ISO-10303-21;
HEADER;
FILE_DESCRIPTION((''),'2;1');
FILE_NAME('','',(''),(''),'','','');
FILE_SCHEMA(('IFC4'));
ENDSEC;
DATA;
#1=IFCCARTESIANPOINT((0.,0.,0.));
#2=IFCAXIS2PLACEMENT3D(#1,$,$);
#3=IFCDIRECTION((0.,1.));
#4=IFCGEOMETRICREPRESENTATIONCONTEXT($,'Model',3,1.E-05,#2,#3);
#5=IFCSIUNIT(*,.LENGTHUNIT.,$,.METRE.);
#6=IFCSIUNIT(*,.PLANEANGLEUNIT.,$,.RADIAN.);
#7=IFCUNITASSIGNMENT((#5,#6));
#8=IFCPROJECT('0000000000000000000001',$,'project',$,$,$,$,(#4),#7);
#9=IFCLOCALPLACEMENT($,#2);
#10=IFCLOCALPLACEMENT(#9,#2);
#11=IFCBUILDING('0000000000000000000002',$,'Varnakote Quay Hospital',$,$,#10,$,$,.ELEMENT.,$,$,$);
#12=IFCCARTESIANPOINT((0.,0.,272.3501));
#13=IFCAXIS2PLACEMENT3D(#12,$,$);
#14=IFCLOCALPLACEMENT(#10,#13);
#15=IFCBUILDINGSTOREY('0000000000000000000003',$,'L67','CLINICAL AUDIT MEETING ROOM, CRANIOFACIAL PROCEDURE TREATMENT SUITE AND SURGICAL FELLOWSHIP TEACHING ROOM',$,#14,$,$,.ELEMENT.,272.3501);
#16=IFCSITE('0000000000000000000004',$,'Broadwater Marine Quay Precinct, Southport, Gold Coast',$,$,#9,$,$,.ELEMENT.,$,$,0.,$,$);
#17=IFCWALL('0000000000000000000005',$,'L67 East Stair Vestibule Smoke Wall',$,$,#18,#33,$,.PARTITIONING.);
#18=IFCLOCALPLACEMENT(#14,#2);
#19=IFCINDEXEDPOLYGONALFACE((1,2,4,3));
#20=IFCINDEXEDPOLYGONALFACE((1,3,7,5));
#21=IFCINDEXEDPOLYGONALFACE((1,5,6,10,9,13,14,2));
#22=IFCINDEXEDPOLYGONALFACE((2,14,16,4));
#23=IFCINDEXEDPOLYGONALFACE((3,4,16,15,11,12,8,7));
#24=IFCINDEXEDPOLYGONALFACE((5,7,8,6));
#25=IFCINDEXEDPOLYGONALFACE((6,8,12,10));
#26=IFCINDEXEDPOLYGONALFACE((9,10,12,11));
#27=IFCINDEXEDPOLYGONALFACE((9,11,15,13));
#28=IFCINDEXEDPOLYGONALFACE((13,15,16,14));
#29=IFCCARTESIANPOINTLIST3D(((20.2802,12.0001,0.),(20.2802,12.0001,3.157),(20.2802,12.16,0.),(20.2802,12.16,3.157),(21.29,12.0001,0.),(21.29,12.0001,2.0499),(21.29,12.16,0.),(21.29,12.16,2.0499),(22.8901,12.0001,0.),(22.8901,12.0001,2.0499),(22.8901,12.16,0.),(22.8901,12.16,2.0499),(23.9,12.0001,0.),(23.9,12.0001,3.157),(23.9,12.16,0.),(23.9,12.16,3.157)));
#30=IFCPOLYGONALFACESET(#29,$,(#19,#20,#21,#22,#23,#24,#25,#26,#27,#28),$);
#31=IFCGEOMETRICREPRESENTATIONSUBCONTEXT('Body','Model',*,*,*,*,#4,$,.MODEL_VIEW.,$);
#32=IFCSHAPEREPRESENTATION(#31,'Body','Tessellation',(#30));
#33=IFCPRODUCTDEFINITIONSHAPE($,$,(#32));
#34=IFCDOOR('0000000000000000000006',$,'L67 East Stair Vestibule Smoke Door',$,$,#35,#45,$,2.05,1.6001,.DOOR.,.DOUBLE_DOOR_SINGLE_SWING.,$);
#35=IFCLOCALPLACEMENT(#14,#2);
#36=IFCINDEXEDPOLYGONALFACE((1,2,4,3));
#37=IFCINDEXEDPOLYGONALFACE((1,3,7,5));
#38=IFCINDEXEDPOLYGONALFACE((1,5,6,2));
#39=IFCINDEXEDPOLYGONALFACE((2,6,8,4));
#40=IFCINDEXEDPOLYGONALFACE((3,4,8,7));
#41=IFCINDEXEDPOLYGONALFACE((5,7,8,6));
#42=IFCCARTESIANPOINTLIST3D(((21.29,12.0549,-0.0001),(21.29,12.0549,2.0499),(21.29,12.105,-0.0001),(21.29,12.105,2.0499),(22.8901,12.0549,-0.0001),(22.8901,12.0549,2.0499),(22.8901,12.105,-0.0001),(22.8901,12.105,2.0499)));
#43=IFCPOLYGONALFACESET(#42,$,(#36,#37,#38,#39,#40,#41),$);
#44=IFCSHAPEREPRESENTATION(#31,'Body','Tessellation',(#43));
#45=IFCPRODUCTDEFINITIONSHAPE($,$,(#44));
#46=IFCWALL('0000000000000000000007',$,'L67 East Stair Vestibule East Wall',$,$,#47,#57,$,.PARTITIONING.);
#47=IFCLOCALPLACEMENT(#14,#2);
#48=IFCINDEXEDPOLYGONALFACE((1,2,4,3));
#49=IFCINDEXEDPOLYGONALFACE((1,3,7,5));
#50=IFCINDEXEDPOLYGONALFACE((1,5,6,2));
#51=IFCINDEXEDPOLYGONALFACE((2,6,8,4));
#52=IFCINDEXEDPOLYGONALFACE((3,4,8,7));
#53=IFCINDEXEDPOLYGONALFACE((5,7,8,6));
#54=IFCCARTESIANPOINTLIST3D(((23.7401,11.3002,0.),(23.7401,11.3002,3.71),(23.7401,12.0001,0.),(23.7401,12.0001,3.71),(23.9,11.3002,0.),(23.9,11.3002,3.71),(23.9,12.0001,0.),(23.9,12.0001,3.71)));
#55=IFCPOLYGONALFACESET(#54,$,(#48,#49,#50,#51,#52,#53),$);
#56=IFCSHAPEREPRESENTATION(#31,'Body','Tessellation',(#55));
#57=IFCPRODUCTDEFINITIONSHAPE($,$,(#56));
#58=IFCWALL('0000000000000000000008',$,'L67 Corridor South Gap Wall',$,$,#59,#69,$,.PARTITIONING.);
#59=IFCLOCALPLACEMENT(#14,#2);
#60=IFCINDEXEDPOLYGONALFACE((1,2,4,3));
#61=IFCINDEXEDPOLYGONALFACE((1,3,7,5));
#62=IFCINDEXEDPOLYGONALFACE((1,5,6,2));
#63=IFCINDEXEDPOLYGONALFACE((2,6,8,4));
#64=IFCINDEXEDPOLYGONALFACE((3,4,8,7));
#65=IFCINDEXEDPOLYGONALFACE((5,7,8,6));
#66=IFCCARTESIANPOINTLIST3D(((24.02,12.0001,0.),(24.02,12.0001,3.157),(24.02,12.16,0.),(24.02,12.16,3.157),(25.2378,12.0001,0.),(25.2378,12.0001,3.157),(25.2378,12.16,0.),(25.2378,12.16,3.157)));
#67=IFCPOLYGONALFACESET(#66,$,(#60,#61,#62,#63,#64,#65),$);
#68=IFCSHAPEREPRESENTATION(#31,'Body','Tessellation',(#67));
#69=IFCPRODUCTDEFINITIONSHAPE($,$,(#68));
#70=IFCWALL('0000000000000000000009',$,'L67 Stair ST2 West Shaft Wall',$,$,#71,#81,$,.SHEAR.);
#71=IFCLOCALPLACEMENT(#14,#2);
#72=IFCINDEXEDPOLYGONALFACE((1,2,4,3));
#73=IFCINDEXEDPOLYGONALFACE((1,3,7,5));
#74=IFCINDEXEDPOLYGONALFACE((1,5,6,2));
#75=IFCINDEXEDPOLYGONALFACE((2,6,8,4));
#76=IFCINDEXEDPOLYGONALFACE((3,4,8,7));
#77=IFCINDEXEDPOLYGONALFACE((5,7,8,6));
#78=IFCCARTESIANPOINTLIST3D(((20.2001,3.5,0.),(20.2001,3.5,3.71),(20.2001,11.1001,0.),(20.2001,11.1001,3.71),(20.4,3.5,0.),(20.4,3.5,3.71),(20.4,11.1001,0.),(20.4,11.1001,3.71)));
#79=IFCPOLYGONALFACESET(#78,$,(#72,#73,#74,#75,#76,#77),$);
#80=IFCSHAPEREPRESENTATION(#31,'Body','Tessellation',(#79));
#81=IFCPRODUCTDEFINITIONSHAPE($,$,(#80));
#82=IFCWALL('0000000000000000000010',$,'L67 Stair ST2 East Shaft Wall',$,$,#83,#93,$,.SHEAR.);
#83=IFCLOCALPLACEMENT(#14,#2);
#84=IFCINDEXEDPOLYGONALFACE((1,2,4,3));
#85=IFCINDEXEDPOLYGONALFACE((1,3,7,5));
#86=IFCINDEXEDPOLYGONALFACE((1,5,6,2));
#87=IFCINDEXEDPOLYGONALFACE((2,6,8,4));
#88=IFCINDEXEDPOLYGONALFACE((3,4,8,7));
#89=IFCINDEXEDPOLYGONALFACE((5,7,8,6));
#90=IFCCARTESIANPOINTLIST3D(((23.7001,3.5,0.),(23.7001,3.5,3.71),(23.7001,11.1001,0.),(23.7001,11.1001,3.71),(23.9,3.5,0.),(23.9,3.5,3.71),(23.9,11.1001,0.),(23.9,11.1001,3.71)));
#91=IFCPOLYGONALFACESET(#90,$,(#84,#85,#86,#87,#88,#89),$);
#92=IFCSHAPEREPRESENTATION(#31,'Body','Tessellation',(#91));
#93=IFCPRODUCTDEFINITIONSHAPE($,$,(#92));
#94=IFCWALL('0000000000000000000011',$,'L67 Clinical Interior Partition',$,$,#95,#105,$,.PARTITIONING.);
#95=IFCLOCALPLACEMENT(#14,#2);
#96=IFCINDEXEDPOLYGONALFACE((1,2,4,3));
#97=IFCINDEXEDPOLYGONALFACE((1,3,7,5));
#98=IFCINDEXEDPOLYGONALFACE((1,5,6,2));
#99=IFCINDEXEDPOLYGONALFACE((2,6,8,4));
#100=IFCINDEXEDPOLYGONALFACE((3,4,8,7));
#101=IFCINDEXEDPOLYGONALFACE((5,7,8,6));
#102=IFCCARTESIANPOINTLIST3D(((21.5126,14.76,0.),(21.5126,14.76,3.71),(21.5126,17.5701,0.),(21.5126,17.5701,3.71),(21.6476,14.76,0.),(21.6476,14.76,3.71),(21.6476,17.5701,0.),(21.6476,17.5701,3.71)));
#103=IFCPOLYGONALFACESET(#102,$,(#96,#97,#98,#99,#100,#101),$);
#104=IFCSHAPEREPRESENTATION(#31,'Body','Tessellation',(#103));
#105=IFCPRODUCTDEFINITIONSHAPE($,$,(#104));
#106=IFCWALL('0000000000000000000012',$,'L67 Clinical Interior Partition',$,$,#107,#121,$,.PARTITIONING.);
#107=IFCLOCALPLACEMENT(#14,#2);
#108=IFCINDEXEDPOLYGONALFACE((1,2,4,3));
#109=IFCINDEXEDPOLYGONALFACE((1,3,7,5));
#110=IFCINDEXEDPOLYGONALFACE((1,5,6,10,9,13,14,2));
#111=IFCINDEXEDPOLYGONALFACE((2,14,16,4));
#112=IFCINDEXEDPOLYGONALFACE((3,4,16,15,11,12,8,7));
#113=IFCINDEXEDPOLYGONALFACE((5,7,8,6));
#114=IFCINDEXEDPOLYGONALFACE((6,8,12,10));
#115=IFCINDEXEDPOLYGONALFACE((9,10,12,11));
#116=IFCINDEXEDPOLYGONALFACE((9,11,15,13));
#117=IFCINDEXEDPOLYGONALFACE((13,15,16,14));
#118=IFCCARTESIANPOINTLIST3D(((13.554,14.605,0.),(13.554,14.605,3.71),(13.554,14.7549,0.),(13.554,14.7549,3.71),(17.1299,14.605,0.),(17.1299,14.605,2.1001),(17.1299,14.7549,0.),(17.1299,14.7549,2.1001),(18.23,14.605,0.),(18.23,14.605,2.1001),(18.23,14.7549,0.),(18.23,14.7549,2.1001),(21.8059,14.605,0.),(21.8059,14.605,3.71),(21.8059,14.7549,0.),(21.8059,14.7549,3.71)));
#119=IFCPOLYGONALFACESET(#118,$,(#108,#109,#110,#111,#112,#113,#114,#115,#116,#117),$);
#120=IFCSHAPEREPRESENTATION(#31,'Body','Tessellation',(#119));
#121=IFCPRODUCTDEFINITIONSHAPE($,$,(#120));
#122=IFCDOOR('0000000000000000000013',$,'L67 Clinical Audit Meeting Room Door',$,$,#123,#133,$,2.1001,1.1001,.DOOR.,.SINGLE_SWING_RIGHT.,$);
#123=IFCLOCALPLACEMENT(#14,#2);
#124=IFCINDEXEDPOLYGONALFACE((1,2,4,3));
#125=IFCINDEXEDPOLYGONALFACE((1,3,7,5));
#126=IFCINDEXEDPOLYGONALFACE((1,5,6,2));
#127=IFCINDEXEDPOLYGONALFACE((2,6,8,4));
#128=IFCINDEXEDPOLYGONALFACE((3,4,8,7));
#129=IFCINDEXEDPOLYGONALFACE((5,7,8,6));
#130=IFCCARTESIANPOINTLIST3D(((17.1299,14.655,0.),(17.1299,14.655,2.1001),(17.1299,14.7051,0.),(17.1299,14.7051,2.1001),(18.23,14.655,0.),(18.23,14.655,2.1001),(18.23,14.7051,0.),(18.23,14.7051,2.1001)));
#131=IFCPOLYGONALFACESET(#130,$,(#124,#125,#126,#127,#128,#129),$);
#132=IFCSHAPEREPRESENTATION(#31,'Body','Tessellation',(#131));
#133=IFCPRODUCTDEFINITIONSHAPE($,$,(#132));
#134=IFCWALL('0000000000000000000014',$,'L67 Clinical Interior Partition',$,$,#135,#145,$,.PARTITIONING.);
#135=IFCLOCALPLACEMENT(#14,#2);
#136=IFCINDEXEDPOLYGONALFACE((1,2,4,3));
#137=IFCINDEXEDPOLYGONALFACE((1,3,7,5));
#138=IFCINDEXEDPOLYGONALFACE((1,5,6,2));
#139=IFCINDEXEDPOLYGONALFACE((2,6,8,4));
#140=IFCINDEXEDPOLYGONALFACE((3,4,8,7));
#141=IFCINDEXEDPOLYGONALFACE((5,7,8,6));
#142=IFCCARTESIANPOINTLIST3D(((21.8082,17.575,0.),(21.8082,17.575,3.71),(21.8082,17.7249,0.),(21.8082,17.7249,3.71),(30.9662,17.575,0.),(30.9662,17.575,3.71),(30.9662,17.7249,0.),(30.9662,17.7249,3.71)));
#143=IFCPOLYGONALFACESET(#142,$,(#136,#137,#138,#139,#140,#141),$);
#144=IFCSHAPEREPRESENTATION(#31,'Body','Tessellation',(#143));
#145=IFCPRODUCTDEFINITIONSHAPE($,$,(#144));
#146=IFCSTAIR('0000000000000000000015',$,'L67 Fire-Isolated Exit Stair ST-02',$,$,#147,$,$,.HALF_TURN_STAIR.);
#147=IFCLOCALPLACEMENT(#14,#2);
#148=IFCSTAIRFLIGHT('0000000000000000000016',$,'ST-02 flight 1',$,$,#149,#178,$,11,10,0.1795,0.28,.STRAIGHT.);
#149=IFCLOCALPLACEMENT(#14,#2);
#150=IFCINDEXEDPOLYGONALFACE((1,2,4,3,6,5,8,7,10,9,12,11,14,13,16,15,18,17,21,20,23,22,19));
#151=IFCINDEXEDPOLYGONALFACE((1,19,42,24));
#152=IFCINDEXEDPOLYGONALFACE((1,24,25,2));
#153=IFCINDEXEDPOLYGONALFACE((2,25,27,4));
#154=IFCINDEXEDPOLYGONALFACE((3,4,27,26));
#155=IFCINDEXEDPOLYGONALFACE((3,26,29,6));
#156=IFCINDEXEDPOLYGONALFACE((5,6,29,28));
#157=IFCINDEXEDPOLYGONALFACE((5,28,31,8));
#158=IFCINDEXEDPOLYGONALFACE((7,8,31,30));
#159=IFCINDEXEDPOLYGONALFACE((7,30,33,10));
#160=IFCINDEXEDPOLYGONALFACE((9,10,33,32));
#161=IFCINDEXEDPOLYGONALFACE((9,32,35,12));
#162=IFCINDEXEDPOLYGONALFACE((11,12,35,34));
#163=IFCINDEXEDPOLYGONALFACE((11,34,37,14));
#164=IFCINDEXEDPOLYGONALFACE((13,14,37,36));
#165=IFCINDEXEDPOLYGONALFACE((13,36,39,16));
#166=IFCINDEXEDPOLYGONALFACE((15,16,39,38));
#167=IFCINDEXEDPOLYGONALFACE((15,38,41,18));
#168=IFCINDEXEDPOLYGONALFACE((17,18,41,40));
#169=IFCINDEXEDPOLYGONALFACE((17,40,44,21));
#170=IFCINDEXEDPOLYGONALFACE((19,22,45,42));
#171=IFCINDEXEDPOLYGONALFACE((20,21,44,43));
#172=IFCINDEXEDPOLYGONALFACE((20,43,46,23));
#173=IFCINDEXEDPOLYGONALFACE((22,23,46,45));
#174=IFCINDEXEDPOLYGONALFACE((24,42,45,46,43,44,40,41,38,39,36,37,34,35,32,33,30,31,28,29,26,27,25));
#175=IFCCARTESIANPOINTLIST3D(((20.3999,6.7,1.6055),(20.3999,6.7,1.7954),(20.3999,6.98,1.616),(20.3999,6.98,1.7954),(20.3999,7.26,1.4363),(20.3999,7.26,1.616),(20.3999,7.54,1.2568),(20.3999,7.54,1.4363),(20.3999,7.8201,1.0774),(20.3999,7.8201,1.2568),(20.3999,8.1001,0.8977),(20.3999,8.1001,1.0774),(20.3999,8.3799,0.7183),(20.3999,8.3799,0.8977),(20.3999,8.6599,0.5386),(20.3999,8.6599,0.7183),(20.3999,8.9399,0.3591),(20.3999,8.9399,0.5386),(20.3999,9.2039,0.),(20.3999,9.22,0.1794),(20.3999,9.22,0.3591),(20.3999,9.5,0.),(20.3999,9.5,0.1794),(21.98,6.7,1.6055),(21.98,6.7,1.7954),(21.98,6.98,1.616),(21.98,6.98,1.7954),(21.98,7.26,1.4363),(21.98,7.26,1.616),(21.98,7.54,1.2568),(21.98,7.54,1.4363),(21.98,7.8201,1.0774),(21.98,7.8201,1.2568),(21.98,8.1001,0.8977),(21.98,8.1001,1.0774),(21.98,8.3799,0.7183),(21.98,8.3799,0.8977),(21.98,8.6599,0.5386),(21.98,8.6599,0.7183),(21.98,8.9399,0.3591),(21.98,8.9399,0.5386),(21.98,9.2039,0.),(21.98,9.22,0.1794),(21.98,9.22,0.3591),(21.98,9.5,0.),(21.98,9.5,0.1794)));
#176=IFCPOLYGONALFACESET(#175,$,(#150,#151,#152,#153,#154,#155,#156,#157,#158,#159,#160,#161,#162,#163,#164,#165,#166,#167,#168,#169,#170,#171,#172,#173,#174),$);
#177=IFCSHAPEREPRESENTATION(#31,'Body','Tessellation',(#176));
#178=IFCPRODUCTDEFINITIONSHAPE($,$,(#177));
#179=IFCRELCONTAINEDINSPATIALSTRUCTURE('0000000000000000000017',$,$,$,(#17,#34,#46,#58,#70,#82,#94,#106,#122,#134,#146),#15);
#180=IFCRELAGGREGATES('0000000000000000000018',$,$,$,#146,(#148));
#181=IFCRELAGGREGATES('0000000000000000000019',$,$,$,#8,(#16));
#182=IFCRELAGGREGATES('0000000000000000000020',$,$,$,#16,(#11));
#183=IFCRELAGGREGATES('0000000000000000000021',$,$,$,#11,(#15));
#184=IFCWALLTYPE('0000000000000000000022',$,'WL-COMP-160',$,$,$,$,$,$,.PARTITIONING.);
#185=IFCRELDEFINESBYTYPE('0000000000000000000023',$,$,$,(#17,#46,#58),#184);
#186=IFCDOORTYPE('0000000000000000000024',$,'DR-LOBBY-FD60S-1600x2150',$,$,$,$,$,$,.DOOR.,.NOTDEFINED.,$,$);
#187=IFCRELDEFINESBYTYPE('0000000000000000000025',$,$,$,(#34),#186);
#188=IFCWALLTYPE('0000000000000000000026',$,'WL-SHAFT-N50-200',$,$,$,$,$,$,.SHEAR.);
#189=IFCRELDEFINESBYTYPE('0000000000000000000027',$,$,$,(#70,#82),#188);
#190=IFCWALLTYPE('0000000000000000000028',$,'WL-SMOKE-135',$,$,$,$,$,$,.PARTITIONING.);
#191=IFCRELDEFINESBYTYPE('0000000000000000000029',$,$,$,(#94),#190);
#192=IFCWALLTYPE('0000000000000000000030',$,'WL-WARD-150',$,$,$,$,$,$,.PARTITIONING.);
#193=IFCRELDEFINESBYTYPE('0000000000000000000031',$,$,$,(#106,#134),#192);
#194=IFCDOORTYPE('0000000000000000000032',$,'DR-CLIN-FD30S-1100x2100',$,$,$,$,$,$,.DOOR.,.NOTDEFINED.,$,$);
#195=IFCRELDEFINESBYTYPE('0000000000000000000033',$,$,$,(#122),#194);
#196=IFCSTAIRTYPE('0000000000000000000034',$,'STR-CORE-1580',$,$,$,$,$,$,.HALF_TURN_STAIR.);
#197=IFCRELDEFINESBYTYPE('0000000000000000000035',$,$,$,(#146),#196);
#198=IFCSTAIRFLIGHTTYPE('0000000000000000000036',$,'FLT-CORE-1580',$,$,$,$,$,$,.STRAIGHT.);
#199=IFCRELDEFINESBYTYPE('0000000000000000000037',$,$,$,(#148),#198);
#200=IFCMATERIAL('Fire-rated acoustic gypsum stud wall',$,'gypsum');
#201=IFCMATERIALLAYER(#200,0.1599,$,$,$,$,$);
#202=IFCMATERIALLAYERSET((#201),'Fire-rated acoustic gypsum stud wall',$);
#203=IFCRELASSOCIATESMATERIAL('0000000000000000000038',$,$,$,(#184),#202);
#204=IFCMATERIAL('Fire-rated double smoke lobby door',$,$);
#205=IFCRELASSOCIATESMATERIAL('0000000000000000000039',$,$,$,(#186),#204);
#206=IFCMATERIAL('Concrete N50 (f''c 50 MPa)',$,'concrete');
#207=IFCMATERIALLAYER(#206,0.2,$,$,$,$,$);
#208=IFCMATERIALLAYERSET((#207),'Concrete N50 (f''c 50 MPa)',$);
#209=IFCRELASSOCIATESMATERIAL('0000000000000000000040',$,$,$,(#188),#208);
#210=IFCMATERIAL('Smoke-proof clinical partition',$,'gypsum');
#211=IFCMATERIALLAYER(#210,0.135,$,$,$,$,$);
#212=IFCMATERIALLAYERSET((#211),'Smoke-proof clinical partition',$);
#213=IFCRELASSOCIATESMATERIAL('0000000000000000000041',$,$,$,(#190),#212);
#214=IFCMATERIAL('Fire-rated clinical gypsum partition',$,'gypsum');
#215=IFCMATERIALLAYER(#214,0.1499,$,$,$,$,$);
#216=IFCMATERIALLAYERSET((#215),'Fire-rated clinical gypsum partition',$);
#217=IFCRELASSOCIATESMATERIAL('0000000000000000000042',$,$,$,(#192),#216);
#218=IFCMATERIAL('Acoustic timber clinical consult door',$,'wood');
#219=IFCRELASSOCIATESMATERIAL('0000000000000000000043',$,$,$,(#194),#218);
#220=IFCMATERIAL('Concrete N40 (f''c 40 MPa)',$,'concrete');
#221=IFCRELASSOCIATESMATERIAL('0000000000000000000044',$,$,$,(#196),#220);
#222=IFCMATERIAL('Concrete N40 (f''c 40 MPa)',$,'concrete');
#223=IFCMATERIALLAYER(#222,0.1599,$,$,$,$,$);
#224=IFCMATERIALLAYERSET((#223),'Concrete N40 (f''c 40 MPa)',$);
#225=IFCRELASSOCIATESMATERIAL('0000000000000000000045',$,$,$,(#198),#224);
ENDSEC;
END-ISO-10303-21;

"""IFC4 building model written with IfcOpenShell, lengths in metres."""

from ifc_helpers import new_model, si_unit, direction, frame, frame_2d, origin, place, context, subcontext, project, spatial, polyline, rectangle, outline, extrude, material, layer, layer_set, type_object, element, fill, aggregate, save


model = new_model("IFC4")

# Units and contexts
model_context = context("Model", 3, precision=1e-05, world=origin(), true_north=direction((0.0, 1.0)))
body_context = subcontext(model_context, "Body", "Model", "MODEL_VIEW")
ifc_project = project(units=[si_unit("LENGTHUNIT", "METRE"), si_unit("PLANEANGLEUNIT", "RADIAN")], contexts=[model_context])

# Site, building, storey
site_placement = place(None, origin())
site = spatial("IfcSite", under=ifc_project, at=site_placement, Name="Broadwater Marine Quay Precinct, Southport, Gold Coast", CompositionType="ELEMENT", RefElevation=0.0)
building_placement = place(site_placement, origin())
building = spatial("IfcBuilding", under=site, at=building_placement, Name="Varnakote Quay Hospital", CompositionType="ELEMENT")
storey_placement = place(building_placement, frame((0.0, 0.0, 272.3501)))
storey = spatial("IfcBuildingStorey", under=building, at=storey_placement, Name="L67", Description="CLINICAL AUDIT MEETING ROOM, CRANIOFACIAL PROCEDURE TREATMENT SUITE AND SURGICAL FELLOWSHIP TEACHING ROOM", CompositionType="ELEMENT", Elevation=272.3501)

# Wall, opening, door
ifc_material_1 = material(Name="Fire-rated acoustic gypsum stud wall", Category="gypsum")
ifc_layer_1 = layer(ifc_material_1, 0.1599)
ifc_layer_set_1 = layer_set([ifc_layer_1], Name="Fire-rated acoustic gypsum stud wall")
wall_type_1 = type_object("IfcWallType", Name="WL-COMP-160", PredefinedType="PARTITIONING", material=ifc_layer_set_1)
wall_1_placement = place(storey_placement, frame((20.28, 12.0801, 0.0), z_axis=(0.0, 0.0, 1.0), x_axis=(1.0, 0.0, 0.0)))
wall_1 = element("IfcWall", 1, at=wall_1_placement, inside=storey, type_object=wall_type_1, Name="L67 East Stair Vestibule Smoke Wall", PredefinedType="PARTITIONING", context=body_context, shape_type="SweptSolid", body=[
    extrude(rectangle(XDim=3.6199, YDim=0.1599, at=frame_2d((1.8101, 0.0))), origin(), (0.0, 0.0, 1.0), 3.157),
])
opening_1_placement = place(wall_1_placement, frame((1.01, 0.0, 0.0)))
opening_1 = element("IfcOpeningElement", 2, at=opening_1_placement, cuts=wall_1, PredefinedType="OPENING", context=body_context, shape_type="SweptSolid", body=[
    extrude(rectangle(XDim=1.6001, YDim=2.05, at=frame_2d((0.8, 1.0249))), frame((0.0, 0.0898, 0.0), z_axis=(0.0, -1.0, 0.0), x_axis=(1.0, 0.0, 0.0)), (0.0, 0.0, 1.0), 0.1799),
])
ifc_material_2 = material(Name="Fire-rated double smoke lobby door")
door_type_1 = type_object("IfcDoorType", Name="DR-LOBBY-FD60S-1600x2150", OperationType="NOTDEFINED", PredefinedType="DOOR", material=ifc_material_2)
door_1_placement = place(opening_1_placement, origin())
door_1 = element("IfcDoor", 3, at=door_1_placement, inside=storey, type_object=door_type_1, Name="L67 East Stair Vestibule Smoke Door", OperationType="DOUBLE_DOOR_SINGLE_SWING", OverallHeight=2.05, OverallWidth=1.6001, PredefinedType="DOOR", context=body_context, shape_type="SweptSolid", body=[
    extrude(rectangle(XDim=1.6001, YDim=2.05, at=frame_2d((0.8, 1.0249))), frame((0.0, 0.0249, 0.0), z_axis=(0.0, -1.0, 0.0), x_axis=(1.0, 0.0, 0.0)), (0.0, 0.0, 1.0), 0.05),
])
fill(opening_1, door_1)

# Walls
wall_2_placement = place(storey_placement, frame((23.8201, 11.3, 0.0), z_axis=(0.0, 0.0, 1.0), x_axis=(0.0, 1.0, 0.0)))
element("IfcWall", 4, at=wall_2_placement, inside=storey, type_object=wall_type_1, Name="L67 East Stair Vestibule East Wall", PredefinedType="PARTITIONING", context=body_context, shape_type="SweptSolid", body=[
    extrude(rectangle(XDim=0.7, YDim=0.1599, at=frame_2d((0.3501, 0.0))), origin(), (0.0, 0.0, 1.0), 3.71),
])
wall_3_placement = place(storey_placement, frame((24.02, 12.0801, 0.0), z_axis=(0.0, 0.0, 1.0), x_axis=(1.0, 0.0, 0.0)))
element("IfcWall", 5, at=wall_3_placement, inside=storey, type_object=wall_type_1, Name="L67 Corridor South Gap Wall", PredefinedType="PARTITIONING", context=body_context, shape_type="SweptSolid", body=[
    extrude(rectangle(XDim=1.2178, YDim=0.1599, at=frame_2d((0.6089, 0.0))), origin(), (0.0, 0.0, 1.0), 3.157),
])
ifc_material_3 = material(Name="Concrete N50 (f'c 50 MPa)", Category="concrete")
ifc_layer_2 = layer(ifc_material_3, 0.2)
ifc_layer_set_2 = layer_set([ifc_layer_2], Name="Concrete N50 (f'c 50 MPa)")
wall_type_2 = type_object("IfcWallType", Name="WL-SHAFT-N50-200", PredefinedType="SHEAR", material=ifc_layer_set_2)
for number, where, z_axis, x_axis, name in (
    (6, (20.3, 3.5, 0.0), (0.0, 0.0, 1.0), (0.0, 1.0, 0.0), "L67 Stair ST2 West Shaft Wall"),
    (7, (23.8, 3.5, 0.0), (0.0, 0.0, 1.0), (0.0, 1.0, 0.0), "L67 Stair ST2 East Shaft Wall"),
):
    element("IfcWall", number, at=place(storey_placement, frame(where, z_axis=z_axis, x_axis=x_axis)), inside=storey, type_object=wall_type_2, Name=name, PredefinedType="SHEAR", context=body_context, shape_type="SweptSolid", body=[
        extrude(rectangle(XDim=7.6001, YDim=0.2, at=frame_2d((3.8, 0.0))), origin(), (0.0, 0.0, 1.0), 3.71),
    ])
ifc_material_4 = material(Name="Smoke-proof clinical partition", Category="gypsum")
ifc_layer_3 = layer(ifc_material_4, 0.135)
ifc_layer_set_3 = layer_set([ifc_layer_3], Name="Smoke-proof clinical partition")
wall_type_3 = type_object("IfcWallType", Name="WL-SMOKE-135", PredefinedType="PARTITIONING", material=ifc_layer_set_3)
wall_4_placement = place(storey_placement, frame((21.5801, 14.76, 0.0), z_axis=(0.0, 0.0, 1.0), x_axis=(0.0, 1.0, 0.0)))
element("IfcWall", 8, at=wall_4_placement, inside=storey, type_object=wall_type_3, Name="L67 Clinical Interior Partition", PredefinedType="PARTITIONING", context=body_context, shape_type="SweptSolid", body=[
    extrude(rectangle(XDim=2.8101, YDim=0.135, at=frame_2d((1.405, 0.0))), origin(), (0.0, 0.0, 1.0), 3.71),
])

# Wall, opening, door
ifc_material_5 = material(Name="Fire-rated clinical gypsum partition", Category="gypsum")
ifc_layer_4 = layer(ifc_material_5, 0.1499)
ifc_layer_set_4 = layer_set([ifc_layer_4], Name="Fire-rated clinical gypsum partition")
wall_type_4 = type_object("IfcWallType", Name="WL-WARD-150", PredefinedType="PARTITIONING", material=ifc_layer_set_4)
wall_5_placement = place(storey_placement, frame((21.8059, 14.6799, 0.0), z_axis=(0.0, 0.0, 1.0), x_axis=(-1.0, 0.0, 0.0)))
wall_5 = element("IfcWall", 9, at=wall_5_placement, inside=storey, type_object=wall_type_4, Name="L67 Clinical Interior Partition", PredefinedType="PARTITIONING", context=body_context, shape_type="SweptSolid", body=[
    extrude(rectangle(XDim=8.252, YDim=0.1499, at=frame_2d((4.126, 0.0))), origin(), (0.0, 0.0, 1.0), 3.71),
])
opening_2_placement = place(wall_5_placement, frame((3.5759, 0.0, 0.0)))
opening_2 = element("IfcOpeningElement", 10, at=opening_2_placement, cuts=wall_5, PredefinedType="OPENING", context=body_context, shape_type="SweptSolid", body=[
    extrude(rectangle(XDim=1.1001, YDim=2.1001, at=frame_2d((0.55, 1.05))), frame((0.0, 0.085, 0.0), z_axis=(0.0, -1.0, 0.0), x_axis=(1.0, 0.0, 0.0)), (0.0, 0.0, 1.0), 0.1699),
])
ifc_material_6 = material(Name="Acoustic timber clinical consult door", Category="wood")
door_type_2 = type_object("IfcDoorType", Name="DR-CLIN-FD30S-1100x2100", OperationType="NOTDEFINED", PredefinedType="DOOR", material=ifc_material_6)
door_2_placement = place(opening_2_placement, origin())
door_2 = element("IfcDoor", 11, at=door_2_placement, inside=storey, type_object=door_type_2, Name="L67 Clinical Audit Meeting Room Door", OperationType="SINGLE_SWING_RIGHT", OverallHeight=2.1001, OverallWidth=1.1001, PredefinedType="DOOR", context=body_context, shape_type="SweptSolid", body=[
    extrude(rectangle(XDim=1.1001, YDim=2.1001, at=frame_2d((0.55, 1.05))), frame((0.0, 0.0249, 0.0), z_axis=(0.0, -1.0, 0.0), x_axis=(1.0, 0.0, 0.0)), (0.0, 0.0, 1.0), 0.05),
])
fill(opening_2, door_2)

# Wall
wall_6_placement = place(storey_placement, frame((21.8081, 17.6499, 0.0), z_axis=(0.0, 0.0, 1.0), x_axis=(1.0, 0.0, 0.0)))
element("IfcWall", 12, at=wall_6_placement, inside=storey, type_object=wall_type_4, Name="L67 Clinical Interior Partition", PredefinedType="PARTITIONING", context=body_context, shape_type="SweptSolid", body=[
    extrude(rectangle(XDim=9.158, YDim=0.1499, at=frame_2d((4.5791, 0.0))), origin(), (0.0, 0.0, 1.0), 3.71),
])

# Stair, stair flight
ifc_material_7 = material(Name="Concrete N40 (f'c 40 MPa)", Category="concrete")
stair_type = type_object("IfcStairType", Name="STR-CORE-1580", PredefinedType="HALF_TURN_STAIR", material=ifc_material_7)
stair_placement = place(storey_placement, origin())
stair = element("IfcStair", 13, at=stair_placement, inside=storey, type_object=stair_type, Name="L67 Fire-Isolated Exit Stair ST-02", PredefinedType="HALF_TURN_STAIR")
ifc_material_8 = material(Name="Concrete N40 (f'c 40 MPa)", Category="concrete")
ifc_layer_5 = layer(ifc_material_8, 0.1599)
ifc_layer_set_5 = layer_set([ifc_layer_5], Name="Concrete N40 (f'c 40 MPa)")
stair_flight_type = type_object("IfcStairFlightType", Name="FLT-CORE-1580", PredefinedType="STRAIGHT", material=ifc_layer_set_5)
stair_flight_1_placement = place(storey_placement, frame((21.1899, 9.5, 0.0), z_axis=(0.0, 0.0, 1.0), x_axis=(0.0, -1.0, 0.0)))
stair_flight_1 = element("IfcStairFlight", 14, at=stair_flight_1_placement, type_object=stair_flight_type, Name="ST-02 flight 1", NumberOfRisers=11, NumberOfTreads=10, PredefinedType="STRAIGHT", RiserHeight=0.1795, TreadLength=0.28, context=body_context, shape_type="SweptSolid", body=[
    extrude(outline(polyline([(0.0, 0.0), (0.0, 0.1794), (0.28, 0.1794), (0.28, 0.3591), (0.5601, 0.3591), (0.5601, 0.5386), (0.8401, 0.5386), (0.8401, 0.7183), (1.1201, 0.7183), (1.1201, 0.8977), (1.3999, 0.8977), (1.3999, 1.0774), (1.6799, 1.0774), (1.6799, 1.2568), (1.96, 1.2568), (1.96, 1.4363), (2.24, 1.4363), (2.24, 1.616), (2.52, 1.616), (2.52, 1.7954), (2.8, 1.7954), (2.8, 1.9751), (2.8, 1.6055), (0.2961, 0.0), (0.0, 0.0)])), frame((0.0, 0.79, 0.0), z_axis=(0.0, -1.0, 0.0), x_axis=(1.0, 0.0, 0.0)), (0.0, 0.0, 1.0), 1.5801),
])
aggregate(stair, [stair_flight_1])

save(model, "model.ifc")
